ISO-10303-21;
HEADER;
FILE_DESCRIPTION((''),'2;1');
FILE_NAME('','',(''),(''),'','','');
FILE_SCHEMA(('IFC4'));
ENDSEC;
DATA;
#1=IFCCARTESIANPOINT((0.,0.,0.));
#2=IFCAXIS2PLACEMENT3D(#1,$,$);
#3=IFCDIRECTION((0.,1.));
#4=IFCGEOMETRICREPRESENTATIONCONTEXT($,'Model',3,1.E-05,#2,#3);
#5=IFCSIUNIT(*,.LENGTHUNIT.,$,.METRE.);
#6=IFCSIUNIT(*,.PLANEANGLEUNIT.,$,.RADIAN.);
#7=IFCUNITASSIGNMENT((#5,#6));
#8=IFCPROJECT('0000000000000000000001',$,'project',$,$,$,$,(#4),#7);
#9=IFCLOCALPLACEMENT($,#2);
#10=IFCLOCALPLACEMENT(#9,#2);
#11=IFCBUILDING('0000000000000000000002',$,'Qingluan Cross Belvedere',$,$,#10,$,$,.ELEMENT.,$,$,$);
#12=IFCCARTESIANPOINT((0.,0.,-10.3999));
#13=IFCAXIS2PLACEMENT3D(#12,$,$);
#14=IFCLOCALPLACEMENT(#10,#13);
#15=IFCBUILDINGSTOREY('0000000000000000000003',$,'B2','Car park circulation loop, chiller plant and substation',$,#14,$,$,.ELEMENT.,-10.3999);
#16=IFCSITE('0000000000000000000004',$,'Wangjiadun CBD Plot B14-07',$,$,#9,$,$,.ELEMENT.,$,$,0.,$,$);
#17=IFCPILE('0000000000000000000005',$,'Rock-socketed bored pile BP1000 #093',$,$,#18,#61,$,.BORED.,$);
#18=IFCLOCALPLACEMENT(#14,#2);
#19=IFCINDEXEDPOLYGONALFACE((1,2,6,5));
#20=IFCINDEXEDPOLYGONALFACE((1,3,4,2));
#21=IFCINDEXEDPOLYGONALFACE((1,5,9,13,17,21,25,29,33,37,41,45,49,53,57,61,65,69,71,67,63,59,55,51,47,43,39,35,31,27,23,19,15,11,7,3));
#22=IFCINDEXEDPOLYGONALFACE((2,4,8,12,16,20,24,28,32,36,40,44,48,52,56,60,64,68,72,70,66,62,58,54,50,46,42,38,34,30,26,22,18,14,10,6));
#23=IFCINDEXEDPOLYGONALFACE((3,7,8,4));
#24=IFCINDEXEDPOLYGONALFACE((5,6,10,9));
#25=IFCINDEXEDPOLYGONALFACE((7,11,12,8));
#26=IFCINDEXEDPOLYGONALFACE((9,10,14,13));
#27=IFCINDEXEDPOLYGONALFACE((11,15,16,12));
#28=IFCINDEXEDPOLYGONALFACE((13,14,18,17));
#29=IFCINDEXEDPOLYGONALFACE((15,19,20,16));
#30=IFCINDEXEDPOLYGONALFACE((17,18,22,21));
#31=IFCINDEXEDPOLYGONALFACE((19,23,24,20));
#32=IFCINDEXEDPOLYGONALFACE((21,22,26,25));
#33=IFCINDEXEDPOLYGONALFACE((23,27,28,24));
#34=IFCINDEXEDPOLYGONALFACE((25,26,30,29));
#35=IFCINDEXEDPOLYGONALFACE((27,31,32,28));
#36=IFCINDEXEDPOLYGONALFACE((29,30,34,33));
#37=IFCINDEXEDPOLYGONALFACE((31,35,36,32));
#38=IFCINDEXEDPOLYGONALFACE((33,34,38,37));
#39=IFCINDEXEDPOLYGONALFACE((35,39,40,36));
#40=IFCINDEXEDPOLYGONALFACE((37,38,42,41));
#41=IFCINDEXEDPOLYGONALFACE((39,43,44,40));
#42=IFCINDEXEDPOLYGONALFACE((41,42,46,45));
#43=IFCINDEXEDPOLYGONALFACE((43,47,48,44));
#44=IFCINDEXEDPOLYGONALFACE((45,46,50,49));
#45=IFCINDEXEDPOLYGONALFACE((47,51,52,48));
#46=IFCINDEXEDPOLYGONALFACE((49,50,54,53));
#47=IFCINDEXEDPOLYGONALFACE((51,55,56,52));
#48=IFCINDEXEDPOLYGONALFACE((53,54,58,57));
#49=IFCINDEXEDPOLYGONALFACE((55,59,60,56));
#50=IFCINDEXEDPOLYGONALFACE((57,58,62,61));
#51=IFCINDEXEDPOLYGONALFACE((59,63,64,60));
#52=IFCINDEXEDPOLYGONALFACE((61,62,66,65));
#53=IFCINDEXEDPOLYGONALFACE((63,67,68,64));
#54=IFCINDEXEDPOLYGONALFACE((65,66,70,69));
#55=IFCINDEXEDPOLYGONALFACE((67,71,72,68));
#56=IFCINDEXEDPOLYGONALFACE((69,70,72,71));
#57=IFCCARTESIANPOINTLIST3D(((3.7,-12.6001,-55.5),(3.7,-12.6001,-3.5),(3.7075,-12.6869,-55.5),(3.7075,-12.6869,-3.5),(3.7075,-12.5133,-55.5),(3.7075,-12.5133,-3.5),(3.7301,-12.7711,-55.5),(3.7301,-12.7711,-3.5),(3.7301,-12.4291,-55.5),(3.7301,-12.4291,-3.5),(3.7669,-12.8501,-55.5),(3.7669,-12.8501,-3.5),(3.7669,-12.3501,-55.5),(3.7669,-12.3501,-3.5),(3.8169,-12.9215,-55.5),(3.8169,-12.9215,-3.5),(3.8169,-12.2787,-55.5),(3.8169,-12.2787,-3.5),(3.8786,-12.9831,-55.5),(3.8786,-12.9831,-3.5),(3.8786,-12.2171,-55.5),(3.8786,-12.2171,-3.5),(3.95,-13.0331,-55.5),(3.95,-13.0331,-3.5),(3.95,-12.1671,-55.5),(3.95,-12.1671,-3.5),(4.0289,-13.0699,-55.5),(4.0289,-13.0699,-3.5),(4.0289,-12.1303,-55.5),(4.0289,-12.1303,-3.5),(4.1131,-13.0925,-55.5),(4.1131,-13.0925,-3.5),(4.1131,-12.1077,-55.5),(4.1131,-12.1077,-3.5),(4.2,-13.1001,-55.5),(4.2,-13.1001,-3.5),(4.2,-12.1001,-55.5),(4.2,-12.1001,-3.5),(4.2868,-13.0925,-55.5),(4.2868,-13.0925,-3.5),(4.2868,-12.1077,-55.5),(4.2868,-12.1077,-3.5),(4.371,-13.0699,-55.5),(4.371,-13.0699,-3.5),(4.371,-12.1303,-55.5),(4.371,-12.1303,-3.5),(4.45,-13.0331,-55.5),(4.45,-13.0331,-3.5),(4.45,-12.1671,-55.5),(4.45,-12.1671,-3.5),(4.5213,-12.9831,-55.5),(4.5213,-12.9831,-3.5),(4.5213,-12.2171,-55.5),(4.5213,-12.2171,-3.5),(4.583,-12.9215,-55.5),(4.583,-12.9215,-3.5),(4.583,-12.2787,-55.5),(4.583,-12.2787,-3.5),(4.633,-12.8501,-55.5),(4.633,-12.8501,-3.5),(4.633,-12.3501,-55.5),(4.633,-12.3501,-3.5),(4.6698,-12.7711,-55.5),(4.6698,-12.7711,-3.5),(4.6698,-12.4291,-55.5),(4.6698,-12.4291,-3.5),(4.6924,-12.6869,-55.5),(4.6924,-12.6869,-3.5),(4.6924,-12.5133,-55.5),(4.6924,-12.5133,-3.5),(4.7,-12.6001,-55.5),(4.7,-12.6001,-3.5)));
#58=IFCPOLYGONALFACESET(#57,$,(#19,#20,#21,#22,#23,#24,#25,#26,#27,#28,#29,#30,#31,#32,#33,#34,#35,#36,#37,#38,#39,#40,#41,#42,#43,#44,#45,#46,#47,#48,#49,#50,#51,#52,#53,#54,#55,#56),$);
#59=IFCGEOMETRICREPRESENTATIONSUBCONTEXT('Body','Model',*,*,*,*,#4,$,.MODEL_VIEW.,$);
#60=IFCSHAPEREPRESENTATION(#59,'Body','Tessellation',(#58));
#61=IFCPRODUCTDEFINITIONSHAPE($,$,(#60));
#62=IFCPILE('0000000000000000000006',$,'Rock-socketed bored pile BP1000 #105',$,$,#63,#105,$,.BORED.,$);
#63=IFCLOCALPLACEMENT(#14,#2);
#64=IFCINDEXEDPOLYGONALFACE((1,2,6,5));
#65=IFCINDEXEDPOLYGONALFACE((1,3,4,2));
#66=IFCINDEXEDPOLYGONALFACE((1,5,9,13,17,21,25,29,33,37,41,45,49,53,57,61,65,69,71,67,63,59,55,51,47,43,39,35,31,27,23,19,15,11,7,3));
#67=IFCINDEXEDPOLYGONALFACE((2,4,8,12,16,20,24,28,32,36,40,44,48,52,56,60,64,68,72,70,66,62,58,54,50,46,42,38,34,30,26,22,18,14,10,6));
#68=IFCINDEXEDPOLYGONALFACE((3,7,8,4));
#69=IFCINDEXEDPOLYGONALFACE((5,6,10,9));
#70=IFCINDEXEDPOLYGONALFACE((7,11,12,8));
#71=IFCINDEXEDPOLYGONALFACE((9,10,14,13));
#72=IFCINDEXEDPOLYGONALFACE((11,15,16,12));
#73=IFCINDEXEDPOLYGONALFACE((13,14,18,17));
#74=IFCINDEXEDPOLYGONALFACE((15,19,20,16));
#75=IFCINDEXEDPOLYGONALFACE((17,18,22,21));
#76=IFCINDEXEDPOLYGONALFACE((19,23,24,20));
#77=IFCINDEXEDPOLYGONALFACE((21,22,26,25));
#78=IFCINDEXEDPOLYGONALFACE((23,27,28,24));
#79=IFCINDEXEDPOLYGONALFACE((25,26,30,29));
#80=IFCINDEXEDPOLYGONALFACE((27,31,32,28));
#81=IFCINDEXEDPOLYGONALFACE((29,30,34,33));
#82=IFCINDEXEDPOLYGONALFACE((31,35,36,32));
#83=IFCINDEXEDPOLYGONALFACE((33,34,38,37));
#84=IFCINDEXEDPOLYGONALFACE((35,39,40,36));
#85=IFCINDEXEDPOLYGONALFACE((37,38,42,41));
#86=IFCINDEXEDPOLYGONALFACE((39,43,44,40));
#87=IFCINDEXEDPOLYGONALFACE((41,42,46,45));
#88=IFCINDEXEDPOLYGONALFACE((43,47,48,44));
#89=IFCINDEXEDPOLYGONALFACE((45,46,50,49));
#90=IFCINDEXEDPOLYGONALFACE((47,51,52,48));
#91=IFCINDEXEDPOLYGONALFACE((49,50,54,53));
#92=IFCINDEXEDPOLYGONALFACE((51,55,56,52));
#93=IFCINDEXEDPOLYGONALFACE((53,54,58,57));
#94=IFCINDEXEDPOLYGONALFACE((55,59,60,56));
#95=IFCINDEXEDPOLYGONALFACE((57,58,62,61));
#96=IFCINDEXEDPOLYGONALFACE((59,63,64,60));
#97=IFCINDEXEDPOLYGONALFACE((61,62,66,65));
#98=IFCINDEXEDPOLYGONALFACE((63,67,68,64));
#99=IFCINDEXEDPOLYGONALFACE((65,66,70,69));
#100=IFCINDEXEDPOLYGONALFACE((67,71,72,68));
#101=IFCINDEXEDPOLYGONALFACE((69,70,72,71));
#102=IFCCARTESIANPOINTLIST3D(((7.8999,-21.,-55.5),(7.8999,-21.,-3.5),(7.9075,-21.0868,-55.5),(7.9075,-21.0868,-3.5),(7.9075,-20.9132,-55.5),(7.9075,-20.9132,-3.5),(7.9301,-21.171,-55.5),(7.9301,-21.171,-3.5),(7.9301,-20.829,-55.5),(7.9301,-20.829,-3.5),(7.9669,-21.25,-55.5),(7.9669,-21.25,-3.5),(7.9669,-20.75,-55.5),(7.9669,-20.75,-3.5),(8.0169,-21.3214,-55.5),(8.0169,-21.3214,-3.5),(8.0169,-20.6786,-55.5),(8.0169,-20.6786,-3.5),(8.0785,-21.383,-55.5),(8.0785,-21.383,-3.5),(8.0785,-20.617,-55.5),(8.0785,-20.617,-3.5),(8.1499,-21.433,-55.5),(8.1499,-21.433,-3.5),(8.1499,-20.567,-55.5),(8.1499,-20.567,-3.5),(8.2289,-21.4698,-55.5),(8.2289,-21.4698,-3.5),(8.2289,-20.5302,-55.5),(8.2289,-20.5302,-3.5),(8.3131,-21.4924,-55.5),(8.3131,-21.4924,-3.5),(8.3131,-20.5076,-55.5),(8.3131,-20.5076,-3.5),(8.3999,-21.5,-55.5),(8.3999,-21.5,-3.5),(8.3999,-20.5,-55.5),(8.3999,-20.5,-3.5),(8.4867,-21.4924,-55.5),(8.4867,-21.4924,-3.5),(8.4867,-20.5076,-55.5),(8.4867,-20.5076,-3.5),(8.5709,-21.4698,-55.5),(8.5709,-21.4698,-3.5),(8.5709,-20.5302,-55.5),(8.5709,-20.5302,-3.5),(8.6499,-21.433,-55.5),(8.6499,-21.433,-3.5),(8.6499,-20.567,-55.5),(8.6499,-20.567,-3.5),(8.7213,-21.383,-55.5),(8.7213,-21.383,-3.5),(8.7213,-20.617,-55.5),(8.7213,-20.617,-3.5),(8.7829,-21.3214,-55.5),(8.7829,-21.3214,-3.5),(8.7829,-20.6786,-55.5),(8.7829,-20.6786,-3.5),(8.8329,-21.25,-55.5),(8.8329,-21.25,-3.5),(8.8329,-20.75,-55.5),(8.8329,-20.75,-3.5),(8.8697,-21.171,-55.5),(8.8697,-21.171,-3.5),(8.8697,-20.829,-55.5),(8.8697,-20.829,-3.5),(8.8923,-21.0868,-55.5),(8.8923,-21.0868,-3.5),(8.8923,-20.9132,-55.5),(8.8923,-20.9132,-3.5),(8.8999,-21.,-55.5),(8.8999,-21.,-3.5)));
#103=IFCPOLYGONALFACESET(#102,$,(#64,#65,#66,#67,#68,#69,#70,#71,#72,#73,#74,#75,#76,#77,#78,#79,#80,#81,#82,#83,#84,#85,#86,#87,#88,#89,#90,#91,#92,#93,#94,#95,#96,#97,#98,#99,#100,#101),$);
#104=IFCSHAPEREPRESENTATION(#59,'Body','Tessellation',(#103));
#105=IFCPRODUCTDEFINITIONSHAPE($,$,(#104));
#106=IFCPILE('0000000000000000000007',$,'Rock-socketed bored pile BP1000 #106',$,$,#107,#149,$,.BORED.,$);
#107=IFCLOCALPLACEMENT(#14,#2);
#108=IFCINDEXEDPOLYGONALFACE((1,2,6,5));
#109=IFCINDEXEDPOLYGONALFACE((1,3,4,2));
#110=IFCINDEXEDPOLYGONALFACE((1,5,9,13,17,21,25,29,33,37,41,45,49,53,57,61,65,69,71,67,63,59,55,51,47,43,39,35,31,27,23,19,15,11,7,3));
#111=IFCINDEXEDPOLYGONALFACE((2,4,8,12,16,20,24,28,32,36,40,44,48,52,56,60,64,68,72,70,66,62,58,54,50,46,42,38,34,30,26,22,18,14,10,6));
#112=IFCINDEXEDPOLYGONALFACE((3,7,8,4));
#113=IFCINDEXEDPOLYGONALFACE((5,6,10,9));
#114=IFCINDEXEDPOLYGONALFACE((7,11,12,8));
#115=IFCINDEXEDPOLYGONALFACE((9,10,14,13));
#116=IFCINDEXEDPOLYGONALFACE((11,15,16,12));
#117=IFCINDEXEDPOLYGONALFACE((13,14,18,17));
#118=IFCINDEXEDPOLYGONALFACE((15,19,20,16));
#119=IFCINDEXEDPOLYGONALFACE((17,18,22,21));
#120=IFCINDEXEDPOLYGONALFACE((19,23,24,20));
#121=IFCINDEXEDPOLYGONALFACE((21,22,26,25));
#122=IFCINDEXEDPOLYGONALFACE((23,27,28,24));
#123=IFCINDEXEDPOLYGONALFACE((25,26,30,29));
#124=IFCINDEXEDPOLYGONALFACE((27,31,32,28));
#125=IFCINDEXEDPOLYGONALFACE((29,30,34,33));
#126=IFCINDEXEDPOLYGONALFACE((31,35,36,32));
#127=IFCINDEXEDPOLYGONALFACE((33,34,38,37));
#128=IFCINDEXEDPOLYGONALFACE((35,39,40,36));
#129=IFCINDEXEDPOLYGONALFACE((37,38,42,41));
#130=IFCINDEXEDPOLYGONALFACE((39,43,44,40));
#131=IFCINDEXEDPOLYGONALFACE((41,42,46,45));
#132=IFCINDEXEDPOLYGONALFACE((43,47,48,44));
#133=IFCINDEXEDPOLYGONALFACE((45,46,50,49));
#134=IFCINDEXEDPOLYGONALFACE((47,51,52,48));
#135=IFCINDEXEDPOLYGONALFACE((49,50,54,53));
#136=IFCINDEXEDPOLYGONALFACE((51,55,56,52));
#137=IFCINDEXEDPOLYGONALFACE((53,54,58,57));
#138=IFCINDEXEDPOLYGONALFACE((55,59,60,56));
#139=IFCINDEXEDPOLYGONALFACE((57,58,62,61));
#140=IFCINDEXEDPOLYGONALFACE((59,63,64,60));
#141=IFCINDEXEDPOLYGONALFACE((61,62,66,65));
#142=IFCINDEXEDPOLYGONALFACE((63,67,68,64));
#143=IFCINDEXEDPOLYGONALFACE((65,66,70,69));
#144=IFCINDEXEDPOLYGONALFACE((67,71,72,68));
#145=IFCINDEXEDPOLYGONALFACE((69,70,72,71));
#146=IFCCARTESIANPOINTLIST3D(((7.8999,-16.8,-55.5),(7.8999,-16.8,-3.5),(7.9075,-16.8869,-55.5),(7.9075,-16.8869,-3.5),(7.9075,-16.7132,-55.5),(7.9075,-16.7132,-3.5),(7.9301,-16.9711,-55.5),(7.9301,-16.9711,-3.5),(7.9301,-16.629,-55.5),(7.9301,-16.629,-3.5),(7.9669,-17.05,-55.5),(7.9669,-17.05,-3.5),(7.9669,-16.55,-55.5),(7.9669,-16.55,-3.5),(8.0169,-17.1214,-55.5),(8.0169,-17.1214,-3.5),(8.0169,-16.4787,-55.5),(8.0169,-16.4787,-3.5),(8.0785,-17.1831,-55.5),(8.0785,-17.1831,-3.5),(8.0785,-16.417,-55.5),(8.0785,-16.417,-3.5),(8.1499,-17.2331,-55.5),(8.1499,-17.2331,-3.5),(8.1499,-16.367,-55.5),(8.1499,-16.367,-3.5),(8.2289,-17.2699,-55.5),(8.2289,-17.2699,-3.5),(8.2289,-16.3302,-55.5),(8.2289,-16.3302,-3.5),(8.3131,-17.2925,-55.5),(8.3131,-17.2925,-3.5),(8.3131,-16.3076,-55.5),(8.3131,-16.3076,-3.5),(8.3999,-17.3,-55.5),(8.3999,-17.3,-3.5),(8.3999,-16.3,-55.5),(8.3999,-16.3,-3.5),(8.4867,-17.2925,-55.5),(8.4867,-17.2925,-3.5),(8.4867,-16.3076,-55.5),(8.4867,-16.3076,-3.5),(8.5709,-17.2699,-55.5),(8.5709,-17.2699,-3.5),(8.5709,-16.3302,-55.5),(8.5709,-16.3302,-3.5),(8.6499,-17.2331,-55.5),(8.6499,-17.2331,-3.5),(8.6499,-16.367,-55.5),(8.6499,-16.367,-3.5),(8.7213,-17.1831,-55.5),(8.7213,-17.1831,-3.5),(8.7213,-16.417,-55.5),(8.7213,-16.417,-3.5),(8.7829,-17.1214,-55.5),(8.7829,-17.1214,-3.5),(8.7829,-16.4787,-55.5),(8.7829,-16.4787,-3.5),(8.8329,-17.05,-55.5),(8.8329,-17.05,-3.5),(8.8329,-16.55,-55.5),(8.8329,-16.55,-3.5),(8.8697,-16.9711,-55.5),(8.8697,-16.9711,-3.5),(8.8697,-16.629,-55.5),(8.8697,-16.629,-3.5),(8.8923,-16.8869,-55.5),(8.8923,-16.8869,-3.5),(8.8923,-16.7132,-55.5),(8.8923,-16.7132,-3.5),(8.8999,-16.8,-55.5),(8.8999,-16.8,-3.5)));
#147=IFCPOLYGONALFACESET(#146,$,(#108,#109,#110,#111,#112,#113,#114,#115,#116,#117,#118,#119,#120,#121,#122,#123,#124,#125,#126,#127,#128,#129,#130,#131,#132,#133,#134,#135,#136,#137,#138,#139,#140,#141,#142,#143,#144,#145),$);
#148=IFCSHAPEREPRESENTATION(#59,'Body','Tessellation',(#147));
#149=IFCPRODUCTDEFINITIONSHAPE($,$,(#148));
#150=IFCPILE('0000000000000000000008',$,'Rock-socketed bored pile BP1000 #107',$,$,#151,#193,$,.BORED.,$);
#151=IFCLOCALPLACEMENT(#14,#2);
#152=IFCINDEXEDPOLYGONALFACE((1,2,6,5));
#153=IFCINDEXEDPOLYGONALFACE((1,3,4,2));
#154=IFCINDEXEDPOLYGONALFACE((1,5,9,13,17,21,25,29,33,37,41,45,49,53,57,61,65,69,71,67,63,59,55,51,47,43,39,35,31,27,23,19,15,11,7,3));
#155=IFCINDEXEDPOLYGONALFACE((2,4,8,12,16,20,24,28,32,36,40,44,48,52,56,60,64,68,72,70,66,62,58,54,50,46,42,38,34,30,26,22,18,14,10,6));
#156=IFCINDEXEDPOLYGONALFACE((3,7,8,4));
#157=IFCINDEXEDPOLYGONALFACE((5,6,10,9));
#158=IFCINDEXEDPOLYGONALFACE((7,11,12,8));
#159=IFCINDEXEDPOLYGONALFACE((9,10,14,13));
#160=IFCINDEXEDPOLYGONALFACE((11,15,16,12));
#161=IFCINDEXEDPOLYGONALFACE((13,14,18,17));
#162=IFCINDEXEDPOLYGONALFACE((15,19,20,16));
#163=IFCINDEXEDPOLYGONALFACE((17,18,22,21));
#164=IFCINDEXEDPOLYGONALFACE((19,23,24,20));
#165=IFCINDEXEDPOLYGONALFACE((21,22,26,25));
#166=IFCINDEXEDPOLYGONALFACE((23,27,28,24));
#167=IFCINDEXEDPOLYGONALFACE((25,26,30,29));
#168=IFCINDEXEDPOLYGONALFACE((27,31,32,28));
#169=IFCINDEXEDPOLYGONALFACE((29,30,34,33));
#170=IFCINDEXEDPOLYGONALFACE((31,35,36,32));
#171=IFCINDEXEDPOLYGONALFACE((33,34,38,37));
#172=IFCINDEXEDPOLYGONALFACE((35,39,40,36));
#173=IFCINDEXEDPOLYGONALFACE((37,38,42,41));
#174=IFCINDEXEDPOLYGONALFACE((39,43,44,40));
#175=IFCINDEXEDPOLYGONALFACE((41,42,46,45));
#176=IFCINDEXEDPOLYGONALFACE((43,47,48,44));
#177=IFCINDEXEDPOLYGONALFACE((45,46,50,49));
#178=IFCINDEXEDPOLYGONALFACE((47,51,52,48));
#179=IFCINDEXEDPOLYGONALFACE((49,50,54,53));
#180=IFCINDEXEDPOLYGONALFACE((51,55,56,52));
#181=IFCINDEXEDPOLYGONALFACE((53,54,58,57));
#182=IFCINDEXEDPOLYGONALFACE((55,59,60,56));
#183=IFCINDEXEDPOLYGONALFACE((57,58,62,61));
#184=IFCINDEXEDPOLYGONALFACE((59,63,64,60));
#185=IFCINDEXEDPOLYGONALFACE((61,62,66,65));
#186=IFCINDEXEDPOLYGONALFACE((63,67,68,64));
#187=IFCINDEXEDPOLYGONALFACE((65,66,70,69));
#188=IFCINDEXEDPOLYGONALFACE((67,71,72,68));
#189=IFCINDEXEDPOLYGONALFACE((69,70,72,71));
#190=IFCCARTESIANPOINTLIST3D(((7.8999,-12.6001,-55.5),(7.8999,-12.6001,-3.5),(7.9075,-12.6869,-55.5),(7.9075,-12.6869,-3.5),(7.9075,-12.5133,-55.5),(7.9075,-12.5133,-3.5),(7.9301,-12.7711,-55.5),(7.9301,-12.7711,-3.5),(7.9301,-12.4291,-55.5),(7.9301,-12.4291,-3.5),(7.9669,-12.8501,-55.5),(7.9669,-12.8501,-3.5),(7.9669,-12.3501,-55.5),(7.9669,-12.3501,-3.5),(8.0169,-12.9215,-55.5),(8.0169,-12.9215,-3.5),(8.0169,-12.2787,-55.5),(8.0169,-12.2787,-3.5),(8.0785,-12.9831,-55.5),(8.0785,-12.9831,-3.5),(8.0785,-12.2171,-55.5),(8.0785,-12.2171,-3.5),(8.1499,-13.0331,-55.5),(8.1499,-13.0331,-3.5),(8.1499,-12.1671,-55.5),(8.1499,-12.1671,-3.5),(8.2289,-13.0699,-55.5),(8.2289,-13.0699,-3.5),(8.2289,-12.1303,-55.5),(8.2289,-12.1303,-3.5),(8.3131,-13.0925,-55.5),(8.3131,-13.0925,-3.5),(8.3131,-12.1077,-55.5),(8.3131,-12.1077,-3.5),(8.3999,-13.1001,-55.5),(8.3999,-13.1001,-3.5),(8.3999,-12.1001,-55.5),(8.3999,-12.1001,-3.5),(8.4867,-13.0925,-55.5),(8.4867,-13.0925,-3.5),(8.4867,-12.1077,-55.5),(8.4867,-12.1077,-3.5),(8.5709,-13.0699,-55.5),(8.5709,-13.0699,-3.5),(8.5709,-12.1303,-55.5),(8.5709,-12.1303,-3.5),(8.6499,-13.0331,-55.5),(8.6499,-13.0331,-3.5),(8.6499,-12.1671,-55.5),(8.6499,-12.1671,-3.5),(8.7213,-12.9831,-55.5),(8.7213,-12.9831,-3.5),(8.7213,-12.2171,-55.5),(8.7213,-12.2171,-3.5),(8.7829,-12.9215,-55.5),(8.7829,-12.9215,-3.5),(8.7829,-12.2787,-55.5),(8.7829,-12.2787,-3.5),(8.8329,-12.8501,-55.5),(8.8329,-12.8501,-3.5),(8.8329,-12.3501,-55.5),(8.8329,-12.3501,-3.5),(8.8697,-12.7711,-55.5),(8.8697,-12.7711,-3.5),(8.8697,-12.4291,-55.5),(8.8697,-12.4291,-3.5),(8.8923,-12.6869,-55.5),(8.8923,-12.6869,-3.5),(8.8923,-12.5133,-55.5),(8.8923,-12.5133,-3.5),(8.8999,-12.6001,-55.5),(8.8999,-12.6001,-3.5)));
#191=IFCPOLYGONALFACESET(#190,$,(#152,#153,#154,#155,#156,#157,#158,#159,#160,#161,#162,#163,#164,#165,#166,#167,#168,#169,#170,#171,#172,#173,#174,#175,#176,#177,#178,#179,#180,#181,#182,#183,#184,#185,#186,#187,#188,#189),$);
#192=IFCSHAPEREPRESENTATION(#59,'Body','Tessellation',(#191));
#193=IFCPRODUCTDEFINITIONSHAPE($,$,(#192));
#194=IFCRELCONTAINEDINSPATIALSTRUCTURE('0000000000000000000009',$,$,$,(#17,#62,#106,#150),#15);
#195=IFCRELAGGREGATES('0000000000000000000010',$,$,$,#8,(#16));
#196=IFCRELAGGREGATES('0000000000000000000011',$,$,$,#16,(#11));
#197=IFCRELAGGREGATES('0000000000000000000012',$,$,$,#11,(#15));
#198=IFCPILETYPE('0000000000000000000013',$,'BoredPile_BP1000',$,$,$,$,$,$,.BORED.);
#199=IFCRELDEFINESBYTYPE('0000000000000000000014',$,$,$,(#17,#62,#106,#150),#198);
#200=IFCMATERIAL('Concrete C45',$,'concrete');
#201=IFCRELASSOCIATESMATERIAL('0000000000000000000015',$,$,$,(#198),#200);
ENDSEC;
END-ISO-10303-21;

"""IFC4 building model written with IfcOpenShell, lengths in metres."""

from ifc_helpers import new_model, si_unit, direction, frame, origin, origin_2d, place, context, subcontext, project, spatial, circle, extrude, material, material_profile, profile_set, type_object, element, save


model = new_model("IFC4")

# Units and contexts
model_context = context("Model", 3, precision=1e-05, world=origin(), true_north=direction((0.0, 1.0)))
body_context = subcontext(model_context, "Body", "Model", "MODEL_VIEW")
ifc_project = project(units=[si_unit("LENGTHUNIT", "METRE"), si_unit("PLANEANGLEUNIT", "RADIAN")], contexts=[model_context])

# Site, building, storey
site_placement = place(None, origin())
site = spatial("IfcSite", under=ifc_project, at=site_placement, Name="Wangjiadun CBD Plot B14-07", CompositionType="ELEMENT", RefElevation=0.0)
building_placement = place(site_placement, origin())
building = spatial("IfcBuilding", under=site, at=building_placement, Name="Qingluan Cross Belvedere", CompositionType="ELEMENT")
storey_placement = place(building_placement, frame((0.0, 0.0, -10.3999)))
storey = spatial("IfcBuildingStorey", under=building, at=storey_placement, Name="B2", Description="Car park circulation loop, chiller plant and substation", CompositionType="ELEMENT", Elevation=-10.3999)

# Piles
ifc_material_1 = material(Name="Concrete C45", Category="concrete")
ifc_material_profile_1 = material_profile(ifc_material_1, circle(Radius=0.5, at=origin_2d()), Name="BP1000")
ifc_profile_set_1 = profile_set([ifc_material_profile_1], Name="Concrete C45")
pile_type = type_object("IfcPileType", Name="BoredPile_BP1000", PredefinedType="BORED", material=ifc_profile_set_1)
for number, where, z_axis, x_axis, name in (
    (1, (4.2, -12.6001, -3.5), (0.0, 0.0, -1.0), (1.0, 0.0, 0.0), "Rock-socketed bored pile BP1000 #093"),
    (2, (8.3999, -21.0, -3.5), (0.0, 0.0, -1.0), (1.0, 0.0, 0.0), "Rock-socketed bored pile BP1000 #105"),
    (3, (8.3999, -16.8, -3.5), (0.0, 0.0, -1.0), (1.0, 0.0, 0.0), "Rock-socketed bored pile BP1000 #106"),
    (4, (8.3999, -12.6001, -3.5), (0.0, 0.0, -1.0), (1.0, 0.0, 0.0), "Rock-socketed bored pile BP1000 #107"),
):
    element("IfcPile", number, at=place(storey_placement, frame(where, z_axis=z_axis, x_axis=x_axis)), inside=storey, type_object=pile_type, Name=name, PredefinedType="BORED", context=body_context, shape_type="SweptSolid", body=[
        extrude(circle(Radius=0.5, at=origin_2d()), origin(), (0.0, 0.0, 1.0), 52.0),
    ])

save(model, "model.ifc")
